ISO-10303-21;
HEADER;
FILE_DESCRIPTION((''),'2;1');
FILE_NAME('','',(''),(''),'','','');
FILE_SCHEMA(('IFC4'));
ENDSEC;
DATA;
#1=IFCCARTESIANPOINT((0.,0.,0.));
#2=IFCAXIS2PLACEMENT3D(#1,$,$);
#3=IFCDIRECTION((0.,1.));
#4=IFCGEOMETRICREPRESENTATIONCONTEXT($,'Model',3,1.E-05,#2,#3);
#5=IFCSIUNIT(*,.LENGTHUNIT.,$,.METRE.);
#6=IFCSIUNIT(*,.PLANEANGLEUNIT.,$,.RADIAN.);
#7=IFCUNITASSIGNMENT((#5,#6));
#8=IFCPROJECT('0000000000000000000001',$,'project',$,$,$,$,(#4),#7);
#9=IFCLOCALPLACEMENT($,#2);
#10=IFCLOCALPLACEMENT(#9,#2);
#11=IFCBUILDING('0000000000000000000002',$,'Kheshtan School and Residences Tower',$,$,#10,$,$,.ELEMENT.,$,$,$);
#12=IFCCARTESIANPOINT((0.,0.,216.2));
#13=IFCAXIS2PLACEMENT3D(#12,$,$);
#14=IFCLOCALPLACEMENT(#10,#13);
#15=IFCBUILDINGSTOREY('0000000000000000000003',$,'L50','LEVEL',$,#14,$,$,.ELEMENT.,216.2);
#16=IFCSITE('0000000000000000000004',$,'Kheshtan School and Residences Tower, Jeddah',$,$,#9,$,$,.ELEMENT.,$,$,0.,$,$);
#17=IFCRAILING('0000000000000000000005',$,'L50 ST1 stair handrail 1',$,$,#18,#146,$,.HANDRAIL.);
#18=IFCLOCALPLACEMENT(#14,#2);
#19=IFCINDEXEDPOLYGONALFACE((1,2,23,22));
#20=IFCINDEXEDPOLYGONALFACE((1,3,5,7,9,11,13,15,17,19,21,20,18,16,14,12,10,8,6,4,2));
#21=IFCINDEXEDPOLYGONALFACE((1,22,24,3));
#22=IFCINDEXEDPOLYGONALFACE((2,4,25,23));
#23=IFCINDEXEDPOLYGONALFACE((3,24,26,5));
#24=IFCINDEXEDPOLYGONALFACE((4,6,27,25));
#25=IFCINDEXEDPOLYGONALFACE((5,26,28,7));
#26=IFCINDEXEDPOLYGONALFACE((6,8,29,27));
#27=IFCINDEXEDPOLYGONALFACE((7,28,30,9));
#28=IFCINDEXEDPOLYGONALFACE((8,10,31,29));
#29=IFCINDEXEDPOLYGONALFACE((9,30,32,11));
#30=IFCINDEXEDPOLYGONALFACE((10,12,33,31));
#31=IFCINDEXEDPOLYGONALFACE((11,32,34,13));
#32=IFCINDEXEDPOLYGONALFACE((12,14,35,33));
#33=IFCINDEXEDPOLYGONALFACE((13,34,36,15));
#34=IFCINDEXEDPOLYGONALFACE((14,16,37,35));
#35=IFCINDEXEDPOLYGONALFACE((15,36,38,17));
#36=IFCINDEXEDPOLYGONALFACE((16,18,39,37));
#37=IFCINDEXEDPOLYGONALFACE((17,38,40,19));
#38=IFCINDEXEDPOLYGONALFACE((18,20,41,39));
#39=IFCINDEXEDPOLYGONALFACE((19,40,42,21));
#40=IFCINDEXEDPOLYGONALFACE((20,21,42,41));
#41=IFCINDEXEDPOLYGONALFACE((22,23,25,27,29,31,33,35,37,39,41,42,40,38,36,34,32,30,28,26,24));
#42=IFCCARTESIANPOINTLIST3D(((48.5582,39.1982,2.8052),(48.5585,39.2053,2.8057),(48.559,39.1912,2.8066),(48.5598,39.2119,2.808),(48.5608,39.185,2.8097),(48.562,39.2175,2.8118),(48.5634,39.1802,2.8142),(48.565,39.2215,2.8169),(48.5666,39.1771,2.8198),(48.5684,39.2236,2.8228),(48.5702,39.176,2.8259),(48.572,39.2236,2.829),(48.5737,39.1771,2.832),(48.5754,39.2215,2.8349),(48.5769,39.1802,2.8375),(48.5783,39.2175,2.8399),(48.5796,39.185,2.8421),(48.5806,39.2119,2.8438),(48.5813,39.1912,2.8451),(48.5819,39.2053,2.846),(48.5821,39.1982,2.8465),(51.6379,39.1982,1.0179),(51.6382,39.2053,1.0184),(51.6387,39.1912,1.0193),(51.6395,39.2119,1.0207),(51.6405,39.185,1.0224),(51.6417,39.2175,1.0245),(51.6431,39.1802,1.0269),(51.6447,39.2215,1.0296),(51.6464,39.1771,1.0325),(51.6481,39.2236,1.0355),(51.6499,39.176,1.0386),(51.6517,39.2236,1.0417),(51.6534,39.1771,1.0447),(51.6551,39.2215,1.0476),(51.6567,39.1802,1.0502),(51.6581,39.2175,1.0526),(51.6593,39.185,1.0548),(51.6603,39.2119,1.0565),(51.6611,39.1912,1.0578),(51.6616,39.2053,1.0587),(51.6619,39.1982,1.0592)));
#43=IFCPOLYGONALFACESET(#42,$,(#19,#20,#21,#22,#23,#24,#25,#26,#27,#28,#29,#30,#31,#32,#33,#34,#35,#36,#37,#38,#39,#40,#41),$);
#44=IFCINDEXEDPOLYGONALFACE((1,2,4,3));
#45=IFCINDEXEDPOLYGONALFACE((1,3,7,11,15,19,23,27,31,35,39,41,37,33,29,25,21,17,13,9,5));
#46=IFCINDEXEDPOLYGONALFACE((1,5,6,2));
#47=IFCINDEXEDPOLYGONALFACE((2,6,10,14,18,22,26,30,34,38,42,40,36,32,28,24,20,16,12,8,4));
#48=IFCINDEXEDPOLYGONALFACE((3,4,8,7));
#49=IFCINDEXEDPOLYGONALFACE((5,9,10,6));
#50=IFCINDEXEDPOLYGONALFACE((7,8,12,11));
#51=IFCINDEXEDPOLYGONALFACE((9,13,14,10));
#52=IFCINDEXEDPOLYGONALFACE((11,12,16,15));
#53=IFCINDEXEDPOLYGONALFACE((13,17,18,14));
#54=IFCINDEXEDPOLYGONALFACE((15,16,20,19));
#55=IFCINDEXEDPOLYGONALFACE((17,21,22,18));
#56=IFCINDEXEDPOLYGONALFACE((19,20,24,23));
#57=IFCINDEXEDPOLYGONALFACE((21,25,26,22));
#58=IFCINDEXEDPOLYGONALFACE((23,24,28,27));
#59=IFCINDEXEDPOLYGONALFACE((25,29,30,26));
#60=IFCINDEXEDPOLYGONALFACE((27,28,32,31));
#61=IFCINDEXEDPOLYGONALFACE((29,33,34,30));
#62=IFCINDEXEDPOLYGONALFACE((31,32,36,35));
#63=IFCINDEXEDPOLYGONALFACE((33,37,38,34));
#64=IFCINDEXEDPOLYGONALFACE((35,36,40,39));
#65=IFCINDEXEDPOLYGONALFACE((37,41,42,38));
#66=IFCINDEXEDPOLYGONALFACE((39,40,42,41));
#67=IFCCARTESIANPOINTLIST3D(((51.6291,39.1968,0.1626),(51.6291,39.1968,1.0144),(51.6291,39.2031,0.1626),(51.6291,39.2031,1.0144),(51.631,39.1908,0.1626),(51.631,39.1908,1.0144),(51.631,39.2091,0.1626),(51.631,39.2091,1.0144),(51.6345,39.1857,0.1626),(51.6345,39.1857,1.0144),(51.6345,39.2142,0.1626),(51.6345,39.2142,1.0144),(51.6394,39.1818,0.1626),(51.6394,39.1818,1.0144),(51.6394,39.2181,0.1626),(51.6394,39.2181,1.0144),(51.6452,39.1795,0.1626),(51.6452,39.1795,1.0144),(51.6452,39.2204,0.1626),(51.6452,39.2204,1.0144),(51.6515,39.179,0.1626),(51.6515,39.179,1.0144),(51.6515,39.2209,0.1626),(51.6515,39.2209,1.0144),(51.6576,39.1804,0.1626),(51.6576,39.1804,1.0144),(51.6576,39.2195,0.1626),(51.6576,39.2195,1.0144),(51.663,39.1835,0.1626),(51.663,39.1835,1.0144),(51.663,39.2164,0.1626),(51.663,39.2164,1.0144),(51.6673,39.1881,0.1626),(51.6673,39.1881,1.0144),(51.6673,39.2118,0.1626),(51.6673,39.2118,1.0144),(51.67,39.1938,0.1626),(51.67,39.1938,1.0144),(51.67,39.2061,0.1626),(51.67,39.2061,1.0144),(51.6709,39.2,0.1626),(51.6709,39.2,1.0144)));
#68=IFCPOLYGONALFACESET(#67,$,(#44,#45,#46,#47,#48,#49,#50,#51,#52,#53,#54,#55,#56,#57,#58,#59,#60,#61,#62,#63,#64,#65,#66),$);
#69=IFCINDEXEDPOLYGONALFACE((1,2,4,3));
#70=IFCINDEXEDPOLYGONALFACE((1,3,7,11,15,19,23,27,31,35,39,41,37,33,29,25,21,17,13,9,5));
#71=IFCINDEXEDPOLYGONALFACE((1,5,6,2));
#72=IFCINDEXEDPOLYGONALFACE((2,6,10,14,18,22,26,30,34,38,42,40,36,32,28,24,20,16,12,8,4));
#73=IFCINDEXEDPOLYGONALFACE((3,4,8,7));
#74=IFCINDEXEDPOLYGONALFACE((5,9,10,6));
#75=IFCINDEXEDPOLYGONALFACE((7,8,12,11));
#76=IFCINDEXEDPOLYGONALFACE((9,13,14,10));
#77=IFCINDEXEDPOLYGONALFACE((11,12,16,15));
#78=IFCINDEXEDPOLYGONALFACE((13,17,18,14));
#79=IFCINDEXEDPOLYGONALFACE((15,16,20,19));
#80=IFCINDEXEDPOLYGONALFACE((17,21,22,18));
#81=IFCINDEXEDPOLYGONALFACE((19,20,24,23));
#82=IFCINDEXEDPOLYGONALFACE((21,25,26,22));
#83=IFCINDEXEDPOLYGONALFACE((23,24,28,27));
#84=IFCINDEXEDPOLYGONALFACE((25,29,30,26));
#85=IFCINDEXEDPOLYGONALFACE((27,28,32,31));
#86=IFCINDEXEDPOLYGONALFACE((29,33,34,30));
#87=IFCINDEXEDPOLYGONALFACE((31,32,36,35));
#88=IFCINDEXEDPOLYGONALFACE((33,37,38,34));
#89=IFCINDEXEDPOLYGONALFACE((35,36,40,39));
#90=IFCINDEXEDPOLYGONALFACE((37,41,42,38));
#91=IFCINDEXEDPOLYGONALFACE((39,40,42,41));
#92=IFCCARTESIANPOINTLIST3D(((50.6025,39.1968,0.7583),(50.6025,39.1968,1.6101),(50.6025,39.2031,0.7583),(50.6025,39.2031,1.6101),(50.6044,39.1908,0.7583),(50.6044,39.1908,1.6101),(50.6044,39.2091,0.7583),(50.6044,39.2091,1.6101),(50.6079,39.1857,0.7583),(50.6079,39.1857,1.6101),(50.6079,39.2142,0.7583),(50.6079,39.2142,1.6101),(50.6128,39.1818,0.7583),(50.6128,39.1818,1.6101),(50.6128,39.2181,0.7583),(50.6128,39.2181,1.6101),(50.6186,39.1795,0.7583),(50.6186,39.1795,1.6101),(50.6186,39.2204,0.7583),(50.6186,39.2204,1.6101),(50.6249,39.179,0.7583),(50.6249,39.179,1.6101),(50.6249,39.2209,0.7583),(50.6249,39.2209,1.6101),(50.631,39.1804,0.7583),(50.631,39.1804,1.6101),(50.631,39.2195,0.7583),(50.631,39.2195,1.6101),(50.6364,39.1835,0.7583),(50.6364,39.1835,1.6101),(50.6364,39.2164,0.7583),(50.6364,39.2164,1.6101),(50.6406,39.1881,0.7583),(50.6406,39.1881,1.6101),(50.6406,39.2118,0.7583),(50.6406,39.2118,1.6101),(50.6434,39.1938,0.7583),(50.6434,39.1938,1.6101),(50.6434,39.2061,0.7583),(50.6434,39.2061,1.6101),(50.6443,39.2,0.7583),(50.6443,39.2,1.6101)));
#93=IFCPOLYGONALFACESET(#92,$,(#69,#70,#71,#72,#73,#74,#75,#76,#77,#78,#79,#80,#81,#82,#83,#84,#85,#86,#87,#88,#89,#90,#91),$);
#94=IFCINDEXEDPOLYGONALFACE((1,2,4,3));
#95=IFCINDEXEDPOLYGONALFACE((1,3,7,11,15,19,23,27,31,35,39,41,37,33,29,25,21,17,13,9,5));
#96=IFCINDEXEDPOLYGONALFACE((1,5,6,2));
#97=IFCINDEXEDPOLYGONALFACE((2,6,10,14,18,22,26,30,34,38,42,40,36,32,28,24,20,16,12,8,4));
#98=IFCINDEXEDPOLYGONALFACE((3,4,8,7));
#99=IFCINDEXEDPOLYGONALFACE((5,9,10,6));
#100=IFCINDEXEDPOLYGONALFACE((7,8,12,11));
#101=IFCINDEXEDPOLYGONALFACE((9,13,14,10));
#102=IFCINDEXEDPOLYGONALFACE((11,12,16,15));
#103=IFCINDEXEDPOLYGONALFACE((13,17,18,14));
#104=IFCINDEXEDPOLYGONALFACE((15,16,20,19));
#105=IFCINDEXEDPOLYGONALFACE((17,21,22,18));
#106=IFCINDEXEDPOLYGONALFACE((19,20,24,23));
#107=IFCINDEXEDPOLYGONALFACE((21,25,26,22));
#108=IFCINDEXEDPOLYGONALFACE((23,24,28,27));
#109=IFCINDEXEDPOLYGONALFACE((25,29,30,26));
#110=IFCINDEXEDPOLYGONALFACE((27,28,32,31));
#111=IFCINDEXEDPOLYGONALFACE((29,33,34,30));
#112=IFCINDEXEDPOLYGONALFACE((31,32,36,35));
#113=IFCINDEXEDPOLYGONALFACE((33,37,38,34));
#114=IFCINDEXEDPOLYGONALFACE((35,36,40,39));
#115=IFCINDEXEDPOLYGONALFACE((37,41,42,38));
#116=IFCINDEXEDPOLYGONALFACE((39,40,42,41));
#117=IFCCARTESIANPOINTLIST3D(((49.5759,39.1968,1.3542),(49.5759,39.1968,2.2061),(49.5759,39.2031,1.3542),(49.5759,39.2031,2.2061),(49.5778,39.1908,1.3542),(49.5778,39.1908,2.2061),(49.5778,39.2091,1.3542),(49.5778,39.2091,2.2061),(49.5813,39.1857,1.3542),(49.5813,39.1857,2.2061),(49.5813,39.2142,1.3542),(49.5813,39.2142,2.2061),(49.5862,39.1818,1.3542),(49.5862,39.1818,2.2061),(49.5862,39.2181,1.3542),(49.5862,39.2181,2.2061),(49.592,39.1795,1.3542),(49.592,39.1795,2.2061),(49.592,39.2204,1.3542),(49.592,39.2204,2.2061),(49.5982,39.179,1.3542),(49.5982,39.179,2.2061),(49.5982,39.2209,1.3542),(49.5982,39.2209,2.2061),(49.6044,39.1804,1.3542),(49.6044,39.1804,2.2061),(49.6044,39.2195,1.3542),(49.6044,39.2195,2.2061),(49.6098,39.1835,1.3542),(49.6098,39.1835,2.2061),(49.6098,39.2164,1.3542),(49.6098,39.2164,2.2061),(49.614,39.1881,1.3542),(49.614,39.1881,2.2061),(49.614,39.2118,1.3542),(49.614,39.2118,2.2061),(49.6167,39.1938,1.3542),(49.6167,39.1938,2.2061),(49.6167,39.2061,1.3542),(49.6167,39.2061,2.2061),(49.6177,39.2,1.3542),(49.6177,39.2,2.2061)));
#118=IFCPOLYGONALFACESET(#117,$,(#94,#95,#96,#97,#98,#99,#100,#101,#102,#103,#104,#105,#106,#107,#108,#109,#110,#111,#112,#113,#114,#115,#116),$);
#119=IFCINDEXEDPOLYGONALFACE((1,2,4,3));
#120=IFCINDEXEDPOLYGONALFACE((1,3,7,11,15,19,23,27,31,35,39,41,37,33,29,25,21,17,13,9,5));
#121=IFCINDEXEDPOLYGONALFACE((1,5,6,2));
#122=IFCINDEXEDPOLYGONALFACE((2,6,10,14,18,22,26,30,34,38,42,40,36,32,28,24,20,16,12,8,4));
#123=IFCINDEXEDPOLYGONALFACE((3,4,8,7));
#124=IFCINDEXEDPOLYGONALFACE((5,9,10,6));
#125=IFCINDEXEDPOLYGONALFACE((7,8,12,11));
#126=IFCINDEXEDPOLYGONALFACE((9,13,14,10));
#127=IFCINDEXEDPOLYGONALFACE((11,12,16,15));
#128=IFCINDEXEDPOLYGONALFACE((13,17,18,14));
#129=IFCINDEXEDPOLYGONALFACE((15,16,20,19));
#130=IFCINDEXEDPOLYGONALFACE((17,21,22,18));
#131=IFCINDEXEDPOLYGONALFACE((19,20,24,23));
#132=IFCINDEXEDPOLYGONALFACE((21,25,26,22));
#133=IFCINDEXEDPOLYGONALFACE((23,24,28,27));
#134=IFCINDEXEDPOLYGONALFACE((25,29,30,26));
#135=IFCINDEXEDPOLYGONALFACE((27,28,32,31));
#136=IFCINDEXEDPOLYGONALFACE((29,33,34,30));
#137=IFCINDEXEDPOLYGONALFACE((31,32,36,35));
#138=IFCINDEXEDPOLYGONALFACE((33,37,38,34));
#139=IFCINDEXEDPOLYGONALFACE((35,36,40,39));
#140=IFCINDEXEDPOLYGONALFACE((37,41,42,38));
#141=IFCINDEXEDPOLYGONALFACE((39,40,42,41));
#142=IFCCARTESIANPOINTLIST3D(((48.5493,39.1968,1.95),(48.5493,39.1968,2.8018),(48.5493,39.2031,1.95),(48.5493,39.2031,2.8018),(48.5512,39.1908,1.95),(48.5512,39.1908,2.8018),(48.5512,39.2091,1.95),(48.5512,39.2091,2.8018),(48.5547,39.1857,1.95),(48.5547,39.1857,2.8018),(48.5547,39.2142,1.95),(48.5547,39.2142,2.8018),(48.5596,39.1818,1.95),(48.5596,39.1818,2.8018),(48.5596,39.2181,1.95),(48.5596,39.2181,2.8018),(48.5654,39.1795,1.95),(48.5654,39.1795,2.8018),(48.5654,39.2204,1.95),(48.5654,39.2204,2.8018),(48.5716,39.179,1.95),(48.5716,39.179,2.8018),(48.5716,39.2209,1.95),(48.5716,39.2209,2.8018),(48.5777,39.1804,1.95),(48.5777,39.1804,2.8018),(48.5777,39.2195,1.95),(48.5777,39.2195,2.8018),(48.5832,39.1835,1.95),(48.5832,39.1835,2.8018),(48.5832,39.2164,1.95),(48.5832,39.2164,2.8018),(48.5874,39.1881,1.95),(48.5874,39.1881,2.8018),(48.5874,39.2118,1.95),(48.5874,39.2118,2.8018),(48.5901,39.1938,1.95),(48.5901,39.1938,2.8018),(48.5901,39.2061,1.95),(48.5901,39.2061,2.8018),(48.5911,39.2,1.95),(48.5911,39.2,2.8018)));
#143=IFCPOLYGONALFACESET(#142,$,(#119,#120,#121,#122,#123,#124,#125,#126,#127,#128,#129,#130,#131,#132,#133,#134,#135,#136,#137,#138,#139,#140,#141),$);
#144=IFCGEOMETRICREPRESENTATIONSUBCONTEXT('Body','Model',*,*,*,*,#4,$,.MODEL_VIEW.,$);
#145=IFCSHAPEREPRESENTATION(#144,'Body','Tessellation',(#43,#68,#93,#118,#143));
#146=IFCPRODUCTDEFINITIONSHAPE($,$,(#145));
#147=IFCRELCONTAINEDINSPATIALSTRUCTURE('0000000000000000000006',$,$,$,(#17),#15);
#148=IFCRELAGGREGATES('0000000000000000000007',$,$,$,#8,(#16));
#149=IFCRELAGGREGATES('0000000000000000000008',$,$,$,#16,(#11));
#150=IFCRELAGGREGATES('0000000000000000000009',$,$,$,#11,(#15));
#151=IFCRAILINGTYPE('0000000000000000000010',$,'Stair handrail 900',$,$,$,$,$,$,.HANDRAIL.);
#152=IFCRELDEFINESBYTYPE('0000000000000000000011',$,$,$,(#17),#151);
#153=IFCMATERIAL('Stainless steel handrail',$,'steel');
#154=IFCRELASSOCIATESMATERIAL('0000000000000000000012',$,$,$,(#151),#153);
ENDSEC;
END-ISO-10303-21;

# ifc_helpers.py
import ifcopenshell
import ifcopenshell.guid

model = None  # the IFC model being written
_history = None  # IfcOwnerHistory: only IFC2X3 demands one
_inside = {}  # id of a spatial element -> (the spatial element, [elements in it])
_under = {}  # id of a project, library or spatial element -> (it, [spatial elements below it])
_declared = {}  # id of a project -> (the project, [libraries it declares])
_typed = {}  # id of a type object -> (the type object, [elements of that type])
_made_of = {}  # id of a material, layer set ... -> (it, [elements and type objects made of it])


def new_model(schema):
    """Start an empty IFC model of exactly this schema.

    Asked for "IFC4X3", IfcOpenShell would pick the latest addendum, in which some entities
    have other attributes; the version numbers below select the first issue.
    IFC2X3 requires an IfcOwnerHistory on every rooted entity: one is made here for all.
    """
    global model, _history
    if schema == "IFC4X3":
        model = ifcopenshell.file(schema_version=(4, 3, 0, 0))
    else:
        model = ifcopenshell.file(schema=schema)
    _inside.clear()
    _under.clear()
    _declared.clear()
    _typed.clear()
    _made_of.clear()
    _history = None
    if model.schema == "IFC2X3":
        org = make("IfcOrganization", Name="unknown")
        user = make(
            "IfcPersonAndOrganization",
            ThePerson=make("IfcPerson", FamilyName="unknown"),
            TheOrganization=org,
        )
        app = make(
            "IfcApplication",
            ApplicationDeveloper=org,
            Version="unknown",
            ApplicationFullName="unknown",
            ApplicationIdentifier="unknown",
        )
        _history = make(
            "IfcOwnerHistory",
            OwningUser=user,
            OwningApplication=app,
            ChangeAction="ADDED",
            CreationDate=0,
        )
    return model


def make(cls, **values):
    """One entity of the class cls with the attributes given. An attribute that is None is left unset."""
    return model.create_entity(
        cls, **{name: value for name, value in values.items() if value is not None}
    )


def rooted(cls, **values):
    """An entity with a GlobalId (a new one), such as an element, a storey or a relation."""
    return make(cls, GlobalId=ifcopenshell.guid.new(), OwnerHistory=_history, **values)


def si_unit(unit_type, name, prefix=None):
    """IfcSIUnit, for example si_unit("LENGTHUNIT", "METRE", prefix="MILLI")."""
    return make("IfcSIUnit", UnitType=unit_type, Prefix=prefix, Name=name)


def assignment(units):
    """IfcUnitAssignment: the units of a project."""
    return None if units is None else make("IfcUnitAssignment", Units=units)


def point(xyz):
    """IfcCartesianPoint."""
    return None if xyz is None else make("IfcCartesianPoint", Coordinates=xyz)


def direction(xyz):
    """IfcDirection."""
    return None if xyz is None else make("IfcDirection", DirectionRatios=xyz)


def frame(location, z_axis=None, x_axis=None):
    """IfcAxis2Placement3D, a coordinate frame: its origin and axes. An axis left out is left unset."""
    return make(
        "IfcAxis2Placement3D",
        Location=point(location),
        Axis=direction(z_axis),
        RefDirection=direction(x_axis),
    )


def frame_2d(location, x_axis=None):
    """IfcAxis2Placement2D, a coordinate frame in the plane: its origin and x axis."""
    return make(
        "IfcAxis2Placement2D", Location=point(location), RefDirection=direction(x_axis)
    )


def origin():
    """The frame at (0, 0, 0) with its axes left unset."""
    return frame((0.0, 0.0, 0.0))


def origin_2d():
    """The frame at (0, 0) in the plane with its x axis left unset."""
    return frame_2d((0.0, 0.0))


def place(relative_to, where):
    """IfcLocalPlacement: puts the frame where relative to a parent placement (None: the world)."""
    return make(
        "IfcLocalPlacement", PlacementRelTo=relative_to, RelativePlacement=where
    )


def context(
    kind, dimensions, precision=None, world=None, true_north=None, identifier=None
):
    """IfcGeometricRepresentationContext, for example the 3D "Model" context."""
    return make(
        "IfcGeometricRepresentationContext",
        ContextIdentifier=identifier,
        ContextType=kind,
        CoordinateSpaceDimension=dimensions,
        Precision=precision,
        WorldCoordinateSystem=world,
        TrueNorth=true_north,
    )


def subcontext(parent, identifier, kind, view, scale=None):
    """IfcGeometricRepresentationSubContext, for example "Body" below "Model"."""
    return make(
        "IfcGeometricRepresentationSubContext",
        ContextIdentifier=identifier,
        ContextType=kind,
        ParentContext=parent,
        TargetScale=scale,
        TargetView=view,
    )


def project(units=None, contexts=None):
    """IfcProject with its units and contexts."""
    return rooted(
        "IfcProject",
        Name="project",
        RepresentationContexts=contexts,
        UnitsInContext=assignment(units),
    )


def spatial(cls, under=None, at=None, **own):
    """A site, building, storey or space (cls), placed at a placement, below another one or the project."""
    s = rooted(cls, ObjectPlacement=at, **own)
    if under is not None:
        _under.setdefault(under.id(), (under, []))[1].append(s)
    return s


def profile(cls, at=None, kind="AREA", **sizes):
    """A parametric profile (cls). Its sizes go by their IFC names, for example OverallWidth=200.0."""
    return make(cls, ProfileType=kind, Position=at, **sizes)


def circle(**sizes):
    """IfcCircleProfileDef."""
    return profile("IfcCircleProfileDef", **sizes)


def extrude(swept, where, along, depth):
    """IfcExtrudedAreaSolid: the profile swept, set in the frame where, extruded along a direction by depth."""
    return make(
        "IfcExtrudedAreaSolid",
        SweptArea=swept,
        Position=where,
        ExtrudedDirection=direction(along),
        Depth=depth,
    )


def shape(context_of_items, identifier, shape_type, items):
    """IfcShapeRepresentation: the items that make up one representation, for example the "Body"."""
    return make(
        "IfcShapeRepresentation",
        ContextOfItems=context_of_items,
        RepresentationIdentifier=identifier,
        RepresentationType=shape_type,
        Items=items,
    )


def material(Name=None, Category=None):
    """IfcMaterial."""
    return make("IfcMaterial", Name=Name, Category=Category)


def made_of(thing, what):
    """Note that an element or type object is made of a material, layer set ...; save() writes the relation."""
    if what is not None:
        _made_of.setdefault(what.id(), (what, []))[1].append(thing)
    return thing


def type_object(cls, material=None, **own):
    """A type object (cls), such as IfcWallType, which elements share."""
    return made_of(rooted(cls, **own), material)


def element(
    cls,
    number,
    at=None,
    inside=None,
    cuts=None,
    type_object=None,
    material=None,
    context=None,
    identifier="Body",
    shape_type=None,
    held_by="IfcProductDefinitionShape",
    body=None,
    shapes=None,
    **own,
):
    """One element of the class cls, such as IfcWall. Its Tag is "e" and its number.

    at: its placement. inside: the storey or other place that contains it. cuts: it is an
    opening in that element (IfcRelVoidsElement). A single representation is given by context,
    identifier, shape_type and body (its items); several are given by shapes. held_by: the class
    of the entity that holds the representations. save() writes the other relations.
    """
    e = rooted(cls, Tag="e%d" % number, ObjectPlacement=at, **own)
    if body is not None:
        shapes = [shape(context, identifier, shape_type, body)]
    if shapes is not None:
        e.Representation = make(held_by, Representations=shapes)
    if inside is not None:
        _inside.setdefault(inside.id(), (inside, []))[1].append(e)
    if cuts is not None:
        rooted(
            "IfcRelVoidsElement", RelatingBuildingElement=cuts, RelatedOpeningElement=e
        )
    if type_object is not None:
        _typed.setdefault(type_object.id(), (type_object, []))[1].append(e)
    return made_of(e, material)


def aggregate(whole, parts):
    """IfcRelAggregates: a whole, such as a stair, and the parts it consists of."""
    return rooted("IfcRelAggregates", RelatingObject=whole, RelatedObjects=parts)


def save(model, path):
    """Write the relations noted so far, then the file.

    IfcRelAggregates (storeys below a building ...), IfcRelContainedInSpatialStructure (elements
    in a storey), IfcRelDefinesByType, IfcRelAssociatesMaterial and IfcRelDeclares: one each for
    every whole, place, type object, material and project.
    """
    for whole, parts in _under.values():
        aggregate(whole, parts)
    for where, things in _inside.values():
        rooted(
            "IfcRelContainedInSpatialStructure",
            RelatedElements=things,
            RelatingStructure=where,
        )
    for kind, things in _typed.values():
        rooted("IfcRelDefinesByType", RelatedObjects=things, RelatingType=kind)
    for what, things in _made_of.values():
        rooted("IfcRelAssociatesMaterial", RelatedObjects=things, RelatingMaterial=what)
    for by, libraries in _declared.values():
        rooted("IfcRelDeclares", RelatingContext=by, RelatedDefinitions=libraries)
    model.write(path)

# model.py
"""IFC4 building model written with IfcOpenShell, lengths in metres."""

from ifc_helpers import new_model, si_unit, direction, frame, origin, origin_2d, place, context, subcontext, project, spatial, circle, extrude, material, type_object, element, save


model = new_model("IFC4")

# Units and contexts
model_context = context("Model", 3, precision=1e-05, world=origin(), true_north=direction((0.0, 1.0)))
body_context = subcontext(model_context, "Body", "Model", "MODEL_VIEW")
ifc_project = project(units=[si_unit("LENGTHUNIT", "METRE"), si_unit("PLANEANGLEUNIT", "RADIAN")], contexts=[model_context])

# Site, building, storey
site_placement = place(None, origin())
site = spatial("IfcSite", under=ifc_project, at=site_placement, Name="Kheshtan School and Residences Tower, Jeddah", CompositionType="ELEMENT", RefElevation=0.0)
building_placement = place(site_placement, origin())
building = spatial("IfcBuilding", under=site, at=building_placement, Name="Kheshtan School and Residences Tower", CompositionType="ELEMENT")
storey_placement = place(building_placement, frame((0.0, 0.0, 216.2)))
storey = spatial("IfcBuildingStorey", under=building, at=storey_placement, Name="L50", Description="LEVEL", CompositionType="ELEMENT", Elevation=216.2)

# Railing
ifc_material_1 = material(Name="Stainless steel handrail", Category="steel")
railing_type_1 = type_object("IfcRailingType", Name="Stair handrail 900", PredefinedType="HANDRAIL", material=ifc_material_1)
railing_1_placement = place(storey_placement, frame((51.6499, 39.2, 0.1626)))
element("IfcRailing", 1, at=railing_1_placement, inside=storey, type_object=railing_type_1, Name="L50 ST1 stair handrail 1", PredefinedType="HANDRAIL", context=body_context, shape_type="SweptSolid", body=[
    extrude(circle(Radius=0.0239, at=origin_2d()), frame((0.0, 0.0, 0.876), z_axis=(-0.864903, 0.0, 0.501939), x_axis=(0.0, -1.0, 0.0)), (0.0, 0.0, 1.0), 3.5608),
    extrude(circle(Radius=0.021, at=origin_2d()), origin(), (0.0, 0.0, 1.0), 0.8518),
    extrude(circle(Radius=0.021, at=origin_2d()), frame((-1.0266, 0.0, 0.5957)), (0.0, 0.0, 1.0), 0.8518),
    extrude(circle(Radius=0.021, at=origin_2d()), frame((-2.0532, 0.0, 1.1917)), (0.0, 0.0, 1.0), 0.8518),
    extrude(circle(Radius=0.021, at=origin_2d()), frame((-3.0798, 0.0, 1.7874)), (0.0, 0.0, 1.0), 0.8518),
])

save(model, "model.ifc")
